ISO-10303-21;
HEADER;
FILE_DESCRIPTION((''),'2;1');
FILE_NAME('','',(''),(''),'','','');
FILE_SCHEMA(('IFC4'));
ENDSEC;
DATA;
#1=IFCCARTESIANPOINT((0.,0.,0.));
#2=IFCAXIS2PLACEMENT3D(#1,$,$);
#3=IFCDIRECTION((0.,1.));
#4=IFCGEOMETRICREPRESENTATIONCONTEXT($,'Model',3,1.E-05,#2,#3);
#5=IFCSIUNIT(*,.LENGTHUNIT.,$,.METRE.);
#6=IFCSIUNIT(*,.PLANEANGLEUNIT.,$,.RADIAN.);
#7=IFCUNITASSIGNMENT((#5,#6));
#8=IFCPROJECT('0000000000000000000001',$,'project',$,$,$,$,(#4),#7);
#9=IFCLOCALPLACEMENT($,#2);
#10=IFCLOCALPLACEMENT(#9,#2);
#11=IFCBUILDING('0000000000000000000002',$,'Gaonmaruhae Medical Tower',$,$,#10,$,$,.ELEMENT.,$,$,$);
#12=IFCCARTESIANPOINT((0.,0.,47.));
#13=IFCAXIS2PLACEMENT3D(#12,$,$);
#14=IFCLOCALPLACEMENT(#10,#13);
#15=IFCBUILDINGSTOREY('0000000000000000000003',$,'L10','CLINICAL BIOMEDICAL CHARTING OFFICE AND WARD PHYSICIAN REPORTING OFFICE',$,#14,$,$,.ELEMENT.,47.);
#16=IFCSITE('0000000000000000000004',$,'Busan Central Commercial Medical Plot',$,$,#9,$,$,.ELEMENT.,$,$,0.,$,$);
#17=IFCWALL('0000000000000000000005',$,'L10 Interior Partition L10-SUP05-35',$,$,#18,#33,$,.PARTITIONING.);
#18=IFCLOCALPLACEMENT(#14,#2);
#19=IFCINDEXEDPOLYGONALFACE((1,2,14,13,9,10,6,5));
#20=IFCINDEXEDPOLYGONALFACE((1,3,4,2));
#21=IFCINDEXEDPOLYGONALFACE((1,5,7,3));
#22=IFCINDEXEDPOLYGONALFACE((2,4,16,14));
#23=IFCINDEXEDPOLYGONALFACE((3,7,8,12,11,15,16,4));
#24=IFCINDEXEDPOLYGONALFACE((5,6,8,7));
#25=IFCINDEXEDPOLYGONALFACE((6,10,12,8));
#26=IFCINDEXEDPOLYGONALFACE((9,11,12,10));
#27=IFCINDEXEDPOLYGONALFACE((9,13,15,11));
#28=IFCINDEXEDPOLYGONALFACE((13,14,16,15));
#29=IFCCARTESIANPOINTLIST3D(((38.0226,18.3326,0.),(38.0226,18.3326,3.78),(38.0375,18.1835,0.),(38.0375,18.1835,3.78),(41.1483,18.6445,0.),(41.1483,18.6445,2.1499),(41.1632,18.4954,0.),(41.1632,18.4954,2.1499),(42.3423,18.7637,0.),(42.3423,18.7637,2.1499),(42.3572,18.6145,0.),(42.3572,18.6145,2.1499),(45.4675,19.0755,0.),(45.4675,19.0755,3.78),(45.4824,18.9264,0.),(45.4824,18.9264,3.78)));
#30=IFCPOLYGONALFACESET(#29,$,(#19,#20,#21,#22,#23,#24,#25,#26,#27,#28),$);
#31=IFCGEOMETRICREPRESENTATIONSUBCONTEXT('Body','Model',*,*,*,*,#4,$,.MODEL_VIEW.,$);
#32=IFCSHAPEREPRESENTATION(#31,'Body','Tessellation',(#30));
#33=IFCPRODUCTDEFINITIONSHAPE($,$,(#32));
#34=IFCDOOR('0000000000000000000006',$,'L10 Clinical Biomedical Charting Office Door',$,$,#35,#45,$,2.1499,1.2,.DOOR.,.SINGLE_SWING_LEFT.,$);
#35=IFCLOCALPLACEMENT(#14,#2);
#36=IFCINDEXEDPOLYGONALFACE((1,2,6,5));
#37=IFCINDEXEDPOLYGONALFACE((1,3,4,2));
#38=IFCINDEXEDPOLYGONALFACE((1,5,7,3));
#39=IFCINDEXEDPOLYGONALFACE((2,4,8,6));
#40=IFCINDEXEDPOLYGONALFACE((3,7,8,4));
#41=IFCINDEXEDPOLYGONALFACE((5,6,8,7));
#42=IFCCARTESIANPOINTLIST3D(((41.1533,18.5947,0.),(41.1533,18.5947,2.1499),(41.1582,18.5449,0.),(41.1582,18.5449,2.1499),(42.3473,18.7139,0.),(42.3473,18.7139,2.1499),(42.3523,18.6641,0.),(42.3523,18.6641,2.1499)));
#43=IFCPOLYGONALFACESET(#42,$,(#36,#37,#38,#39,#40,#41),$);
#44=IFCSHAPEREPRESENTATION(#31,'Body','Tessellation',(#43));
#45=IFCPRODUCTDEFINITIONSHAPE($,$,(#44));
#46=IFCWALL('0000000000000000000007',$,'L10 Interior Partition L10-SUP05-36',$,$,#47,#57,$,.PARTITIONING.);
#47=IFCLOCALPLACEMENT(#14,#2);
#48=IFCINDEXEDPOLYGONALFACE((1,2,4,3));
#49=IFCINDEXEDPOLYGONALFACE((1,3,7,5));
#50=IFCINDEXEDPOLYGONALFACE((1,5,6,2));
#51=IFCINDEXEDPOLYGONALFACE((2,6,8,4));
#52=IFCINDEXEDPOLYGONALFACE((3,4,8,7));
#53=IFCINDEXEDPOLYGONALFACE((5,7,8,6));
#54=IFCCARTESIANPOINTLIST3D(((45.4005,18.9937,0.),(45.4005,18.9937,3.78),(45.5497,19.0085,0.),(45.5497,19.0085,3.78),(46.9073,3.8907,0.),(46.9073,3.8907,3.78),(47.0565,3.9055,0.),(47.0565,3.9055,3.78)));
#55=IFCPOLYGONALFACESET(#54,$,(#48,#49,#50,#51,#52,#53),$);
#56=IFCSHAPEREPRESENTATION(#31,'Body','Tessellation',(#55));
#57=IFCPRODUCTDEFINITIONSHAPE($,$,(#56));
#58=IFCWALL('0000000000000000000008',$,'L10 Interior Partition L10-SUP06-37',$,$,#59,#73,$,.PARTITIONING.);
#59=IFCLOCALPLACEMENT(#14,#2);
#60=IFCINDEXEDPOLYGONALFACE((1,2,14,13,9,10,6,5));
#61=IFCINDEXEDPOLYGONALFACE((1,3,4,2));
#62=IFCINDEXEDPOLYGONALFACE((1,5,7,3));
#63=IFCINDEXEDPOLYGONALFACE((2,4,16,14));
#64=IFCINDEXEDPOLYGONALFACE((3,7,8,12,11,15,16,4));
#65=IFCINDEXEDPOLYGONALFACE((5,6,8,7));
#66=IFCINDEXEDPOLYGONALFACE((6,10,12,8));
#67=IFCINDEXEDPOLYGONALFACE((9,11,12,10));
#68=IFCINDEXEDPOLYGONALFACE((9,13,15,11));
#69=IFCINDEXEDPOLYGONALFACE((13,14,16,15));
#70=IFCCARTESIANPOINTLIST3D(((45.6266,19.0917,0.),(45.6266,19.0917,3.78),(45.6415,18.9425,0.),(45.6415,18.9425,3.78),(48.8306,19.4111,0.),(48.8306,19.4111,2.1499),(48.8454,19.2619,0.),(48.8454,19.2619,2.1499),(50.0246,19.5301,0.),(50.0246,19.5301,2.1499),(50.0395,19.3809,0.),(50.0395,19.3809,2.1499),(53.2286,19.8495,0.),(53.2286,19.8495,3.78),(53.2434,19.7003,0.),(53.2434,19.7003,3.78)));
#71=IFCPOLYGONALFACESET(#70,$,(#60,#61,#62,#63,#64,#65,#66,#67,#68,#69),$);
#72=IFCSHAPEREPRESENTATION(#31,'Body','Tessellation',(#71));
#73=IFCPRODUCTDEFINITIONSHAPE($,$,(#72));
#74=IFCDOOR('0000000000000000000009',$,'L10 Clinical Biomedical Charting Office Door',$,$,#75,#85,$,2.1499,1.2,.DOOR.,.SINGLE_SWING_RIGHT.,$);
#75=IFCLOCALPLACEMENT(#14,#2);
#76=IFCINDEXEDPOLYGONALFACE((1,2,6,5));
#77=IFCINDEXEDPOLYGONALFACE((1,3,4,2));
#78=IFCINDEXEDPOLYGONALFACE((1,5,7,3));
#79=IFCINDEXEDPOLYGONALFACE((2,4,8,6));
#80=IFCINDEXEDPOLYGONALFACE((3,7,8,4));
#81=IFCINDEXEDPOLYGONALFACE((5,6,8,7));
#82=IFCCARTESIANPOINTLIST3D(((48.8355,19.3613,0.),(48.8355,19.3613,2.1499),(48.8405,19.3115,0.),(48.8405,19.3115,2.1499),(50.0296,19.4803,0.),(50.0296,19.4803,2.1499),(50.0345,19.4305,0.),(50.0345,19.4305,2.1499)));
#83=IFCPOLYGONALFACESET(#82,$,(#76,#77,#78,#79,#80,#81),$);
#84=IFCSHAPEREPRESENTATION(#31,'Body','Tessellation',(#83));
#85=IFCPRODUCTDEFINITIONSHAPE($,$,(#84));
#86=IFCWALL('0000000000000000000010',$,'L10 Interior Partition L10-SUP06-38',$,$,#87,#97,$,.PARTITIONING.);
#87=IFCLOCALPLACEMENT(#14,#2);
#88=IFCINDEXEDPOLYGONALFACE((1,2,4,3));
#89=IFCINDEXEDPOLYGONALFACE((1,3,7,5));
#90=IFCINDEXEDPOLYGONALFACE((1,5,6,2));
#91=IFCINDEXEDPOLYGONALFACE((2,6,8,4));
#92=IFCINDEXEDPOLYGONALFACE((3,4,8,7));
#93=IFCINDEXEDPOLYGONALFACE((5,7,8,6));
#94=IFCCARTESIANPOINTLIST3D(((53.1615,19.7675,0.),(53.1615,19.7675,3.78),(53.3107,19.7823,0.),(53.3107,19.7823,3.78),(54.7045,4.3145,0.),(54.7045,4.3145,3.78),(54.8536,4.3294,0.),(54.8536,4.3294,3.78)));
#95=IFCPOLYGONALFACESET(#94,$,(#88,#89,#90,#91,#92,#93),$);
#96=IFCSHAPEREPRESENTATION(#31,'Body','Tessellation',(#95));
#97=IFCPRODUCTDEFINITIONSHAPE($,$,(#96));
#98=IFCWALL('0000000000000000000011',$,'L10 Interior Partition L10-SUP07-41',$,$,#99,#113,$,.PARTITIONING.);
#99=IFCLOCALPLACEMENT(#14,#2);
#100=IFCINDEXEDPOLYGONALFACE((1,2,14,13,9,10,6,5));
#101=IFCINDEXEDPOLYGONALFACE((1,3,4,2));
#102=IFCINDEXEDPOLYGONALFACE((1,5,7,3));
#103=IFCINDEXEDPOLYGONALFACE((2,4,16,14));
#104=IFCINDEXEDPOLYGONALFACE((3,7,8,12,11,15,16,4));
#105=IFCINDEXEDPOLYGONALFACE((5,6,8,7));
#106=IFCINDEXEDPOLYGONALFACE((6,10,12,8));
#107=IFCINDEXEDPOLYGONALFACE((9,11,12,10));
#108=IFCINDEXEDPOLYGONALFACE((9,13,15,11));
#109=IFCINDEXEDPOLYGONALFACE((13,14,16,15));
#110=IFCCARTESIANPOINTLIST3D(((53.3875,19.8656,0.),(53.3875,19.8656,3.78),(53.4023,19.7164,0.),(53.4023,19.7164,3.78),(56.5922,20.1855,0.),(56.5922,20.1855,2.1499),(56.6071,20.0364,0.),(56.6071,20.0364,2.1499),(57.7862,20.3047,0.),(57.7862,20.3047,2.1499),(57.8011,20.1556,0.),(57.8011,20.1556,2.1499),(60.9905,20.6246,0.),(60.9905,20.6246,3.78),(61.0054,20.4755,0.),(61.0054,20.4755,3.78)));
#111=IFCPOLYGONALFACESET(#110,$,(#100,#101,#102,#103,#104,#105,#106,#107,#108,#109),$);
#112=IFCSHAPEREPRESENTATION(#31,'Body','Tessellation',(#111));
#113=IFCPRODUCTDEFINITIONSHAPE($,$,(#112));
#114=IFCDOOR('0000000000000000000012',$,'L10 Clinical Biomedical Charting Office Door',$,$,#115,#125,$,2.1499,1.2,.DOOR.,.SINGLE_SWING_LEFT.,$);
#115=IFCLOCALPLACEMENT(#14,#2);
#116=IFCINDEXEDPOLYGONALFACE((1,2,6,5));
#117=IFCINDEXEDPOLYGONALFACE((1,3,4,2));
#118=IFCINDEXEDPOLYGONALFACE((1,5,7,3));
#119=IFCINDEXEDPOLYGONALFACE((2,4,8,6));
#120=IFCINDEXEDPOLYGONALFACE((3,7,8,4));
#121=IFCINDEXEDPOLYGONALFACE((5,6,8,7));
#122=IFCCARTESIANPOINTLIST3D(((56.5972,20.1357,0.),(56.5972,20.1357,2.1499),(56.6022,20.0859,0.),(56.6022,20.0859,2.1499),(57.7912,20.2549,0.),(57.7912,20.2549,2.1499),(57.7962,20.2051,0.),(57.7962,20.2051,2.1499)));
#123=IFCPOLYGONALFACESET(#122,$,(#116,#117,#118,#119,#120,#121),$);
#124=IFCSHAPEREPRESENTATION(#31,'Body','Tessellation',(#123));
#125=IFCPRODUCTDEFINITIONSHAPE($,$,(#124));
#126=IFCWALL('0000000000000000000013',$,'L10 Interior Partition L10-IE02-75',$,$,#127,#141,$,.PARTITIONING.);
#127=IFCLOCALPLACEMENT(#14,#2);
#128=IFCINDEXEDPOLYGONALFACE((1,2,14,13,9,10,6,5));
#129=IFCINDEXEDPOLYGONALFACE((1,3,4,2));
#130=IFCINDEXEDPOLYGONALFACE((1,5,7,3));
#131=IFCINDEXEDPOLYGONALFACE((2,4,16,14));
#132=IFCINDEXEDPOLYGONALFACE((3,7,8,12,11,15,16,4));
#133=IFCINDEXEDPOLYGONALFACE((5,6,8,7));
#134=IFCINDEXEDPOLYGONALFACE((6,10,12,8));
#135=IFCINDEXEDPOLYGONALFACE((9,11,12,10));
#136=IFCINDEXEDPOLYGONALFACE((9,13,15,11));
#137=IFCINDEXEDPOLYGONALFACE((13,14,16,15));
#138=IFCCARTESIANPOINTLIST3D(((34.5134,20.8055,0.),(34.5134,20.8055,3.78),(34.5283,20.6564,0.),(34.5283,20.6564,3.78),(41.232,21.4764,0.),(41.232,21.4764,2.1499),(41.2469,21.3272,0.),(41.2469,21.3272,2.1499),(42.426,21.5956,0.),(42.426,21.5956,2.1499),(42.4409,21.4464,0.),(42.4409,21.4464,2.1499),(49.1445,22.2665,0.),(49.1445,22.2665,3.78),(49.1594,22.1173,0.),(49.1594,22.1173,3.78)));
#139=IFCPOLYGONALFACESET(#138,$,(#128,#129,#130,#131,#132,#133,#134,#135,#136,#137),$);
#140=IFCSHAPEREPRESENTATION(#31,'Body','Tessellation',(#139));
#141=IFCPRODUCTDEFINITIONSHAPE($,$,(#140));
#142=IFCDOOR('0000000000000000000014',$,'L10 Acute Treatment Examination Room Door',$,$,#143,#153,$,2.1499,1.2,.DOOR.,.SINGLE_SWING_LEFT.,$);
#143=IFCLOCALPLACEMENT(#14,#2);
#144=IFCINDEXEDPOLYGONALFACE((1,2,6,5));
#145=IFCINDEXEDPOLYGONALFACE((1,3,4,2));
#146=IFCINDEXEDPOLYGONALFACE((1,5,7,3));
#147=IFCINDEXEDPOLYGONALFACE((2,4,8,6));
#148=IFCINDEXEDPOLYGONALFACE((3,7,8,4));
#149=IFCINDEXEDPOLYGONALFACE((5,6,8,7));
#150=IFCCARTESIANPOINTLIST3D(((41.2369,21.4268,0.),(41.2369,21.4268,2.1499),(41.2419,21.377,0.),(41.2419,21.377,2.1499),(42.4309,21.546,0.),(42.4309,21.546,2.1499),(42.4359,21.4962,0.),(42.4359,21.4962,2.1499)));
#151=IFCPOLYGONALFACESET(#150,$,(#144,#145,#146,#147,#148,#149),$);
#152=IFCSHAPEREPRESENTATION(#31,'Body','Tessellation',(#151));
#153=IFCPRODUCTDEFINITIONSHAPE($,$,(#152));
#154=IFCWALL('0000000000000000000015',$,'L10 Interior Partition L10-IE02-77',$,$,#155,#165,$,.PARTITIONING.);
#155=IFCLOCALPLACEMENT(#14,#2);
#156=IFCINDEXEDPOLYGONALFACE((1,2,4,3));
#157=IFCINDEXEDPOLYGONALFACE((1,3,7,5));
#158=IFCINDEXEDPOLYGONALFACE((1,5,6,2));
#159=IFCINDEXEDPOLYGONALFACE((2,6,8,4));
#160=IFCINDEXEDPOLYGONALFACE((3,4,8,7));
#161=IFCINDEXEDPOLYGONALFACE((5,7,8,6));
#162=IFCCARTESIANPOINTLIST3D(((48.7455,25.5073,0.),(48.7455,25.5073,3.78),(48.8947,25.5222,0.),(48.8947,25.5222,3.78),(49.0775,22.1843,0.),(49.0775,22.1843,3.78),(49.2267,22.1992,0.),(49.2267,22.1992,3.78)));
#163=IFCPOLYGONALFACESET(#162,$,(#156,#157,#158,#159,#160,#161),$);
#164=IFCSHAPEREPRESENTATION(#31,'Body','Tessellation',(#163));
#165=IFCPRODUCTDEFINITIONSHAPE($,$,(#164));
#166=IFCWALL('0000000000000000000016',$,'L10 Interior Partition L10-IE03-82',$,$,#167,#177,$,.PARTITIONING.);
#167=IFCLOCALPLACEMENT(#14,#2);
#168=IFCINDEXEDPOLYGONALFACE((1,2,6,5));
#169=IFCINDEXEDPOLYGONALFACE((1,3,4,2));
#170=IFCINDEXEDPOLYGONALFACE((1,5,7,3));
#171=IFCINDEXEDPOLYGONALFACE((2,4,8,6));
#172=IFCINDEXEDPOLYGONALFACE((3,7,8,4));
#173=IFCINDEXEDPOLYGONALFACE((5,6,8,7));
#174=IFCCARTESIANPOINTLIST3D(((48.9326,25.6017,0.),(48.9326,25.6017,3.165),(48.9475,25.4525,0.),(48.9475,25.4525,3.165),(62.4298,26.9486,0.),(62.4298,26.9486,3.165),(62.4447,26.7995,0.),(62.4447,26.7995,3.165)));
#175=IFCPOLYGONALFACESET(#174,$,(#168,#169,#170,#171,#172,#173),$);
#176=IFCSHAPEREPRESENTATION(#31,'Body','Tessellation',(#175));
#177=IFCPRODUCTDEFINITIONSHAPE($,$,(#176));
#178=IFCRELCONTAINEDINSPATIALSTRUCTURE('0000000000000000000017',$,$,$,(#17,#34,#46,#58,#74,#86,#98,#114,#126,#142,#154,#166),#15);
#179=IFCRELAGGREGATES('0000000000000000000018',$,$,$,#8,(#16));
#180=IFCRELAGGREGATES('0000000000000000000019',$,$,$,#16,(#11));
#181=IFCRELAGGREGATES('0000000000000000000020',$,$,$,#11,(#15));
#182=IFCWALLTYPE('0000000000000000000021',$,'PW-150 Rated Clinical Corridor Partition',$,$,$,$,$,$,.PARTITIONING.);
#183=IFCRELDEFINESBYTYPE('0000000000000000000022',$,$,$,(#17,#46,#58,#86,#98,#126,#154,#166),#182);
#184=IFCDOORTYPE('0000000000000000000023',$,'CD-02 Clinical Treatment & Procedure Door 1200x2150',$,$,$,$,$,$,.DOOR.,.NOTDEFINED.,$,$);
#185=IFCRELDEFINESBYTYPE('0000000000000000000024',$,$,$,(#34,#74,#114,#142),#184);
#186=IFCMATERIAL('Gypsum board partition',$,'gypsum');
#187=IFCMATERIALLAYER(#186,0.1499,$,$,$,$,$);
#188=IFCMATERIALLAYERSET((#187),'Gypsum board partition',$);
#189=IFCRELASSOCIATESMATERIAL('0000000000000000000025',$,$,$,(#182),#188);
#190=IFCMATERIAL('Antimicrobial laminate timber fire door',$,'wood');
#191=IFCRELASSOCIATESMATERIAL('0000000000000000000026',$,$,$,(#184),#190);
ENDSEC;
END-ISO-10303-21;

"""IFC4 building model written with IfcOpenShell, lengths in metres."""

from ifc_helpers import new_model, si_unit, direction, frame, frame_2d, origin, place, context, subcontext, project, spatial, rectangle, extrude, material, layer, layer_set, type_object, element, fill, save


model = new_model("IFC4")

# Units and contexts
model_context = context("Model", 3, precision=1e-05, world=origin(), true_north=direction((0.0, 1.0)))
body_context = subcontext(model_context, "Body", "Model", "MODEL_VIEW")
ifc_project = project(units=[si_unit("LENGTHUNIT", "METRE"), si_unit("PLANEANGLEUNIT", "RADIAN")], contexts=[model_context])

# Site, building, storey
site_placement = place(None, origin())
site = spatial("IfcSite", under=ifc_project, at=site_placement, Name="Busan Central Commercial Medical Plot", CompositionType="ELEMENT", RefElevation=0.0)
building_placement = place(site_placement, origin())
building = spatial("IfcBuilding", under=site, at=building_placement, Name="Gaonmaruhae Medical Tower", CompositionType="ELEMENT")
storey_placement = place(building_placement, frame((0.0, 0.0, 47.0)))
storey = spatial("IfcBuildingStorey", under=building, at=storey_placement, Name="L10", Description="CLINICAL BIOMEDICAL CHARTING OFFICE AND WARD PHYSICIAN REPORTING OFFICE", CompositionType="ELEMENT", Elevation=47.0)

# Wall, opening, door
ifc_material_1 = material(Name="Gypsum board partition", Category="gypsum")
ifc_layer_1 = layer(ifc_material_1, 0.1499)
ifc_layer_set_1 = layer_set([ifc_layer_1], Name="Gypsum board partition")
wall_type_1 = type_object("IfcWallType", Name="PW-150 Rated Clinical Corridor Partition", PredefinedType="PARTITIONING", material=ifc_layer_set_1)
wall_1_placement = place(storey_placement, frame((38.03, 18.2581, 0.0), z_axis=(0.0, 0.0, 1.0), x_axis=(0.995058, 0.099294, 0.0)))
wall_1 = element("IfcWall", 1, at=wall_1_placement, inside=storey, type_object=wall_type_1, Name="L10 Interior Partition L10-SUP05-35", PredefinedType="PARTITIONING", context=body_context, shape_type="SweptSolid", body=[
    extrude(rectangle(XDim=7.4819, YDim=0.1499, at=frame_2d((3.741, 0.0))), origin(), (0.0, 0.0, 1.0), 3.78),
])
opening_1_placement = place(wall_1_placement, frame((3.1411, 0.0, 0.0)))
opening_1 = element("IfcOpeningElement", 2, at=opening_1_placement, cuts=wall_1, PredefinedType="OPENING", context=body_context, shape_type="SweptSolid", body=[
    extrude(rectangle(XDim=1.2, YDim=2.1499, at=frame_2d((0.6001, 1.075))), frame((0.0, 0.085, 0.0), z_axis=(0.0, -1.0, 0.0), x_axis=(1.0, 0.0, 0.0)), (0.0, 0.0, 1.0), 0.1699),
])
ifc_material_2 = material(Name="Antimicrobial laminate timber fire door", Category="wood")
door_type_1 = type_object("IfcDoorType", Name="CD-02 Clinical Treatment & Procedure Door 1200x2150", OperationType="NOTDEFINED", PredefinedType="DOOR", material=ifc_material_2)
door_1_placement = place(opening_1_placement, origin())
door_1 = element("IfcDoor", 3, at=door_1_placement, inside=storey, type_object=door_type_1, Name="L10 Clinical Biomedical Charting Office Door", OperationType="SINGLE_SWING_LEFT", OverallHeight=2.1499, OverallWidth=1.2, PredefinedType="DOOR", context=body_context, shape_type="SweptSolid", body=[
    extrude(rectangle(XDim=1.2, YDim=2.1499, at=frame_2d((0.6001, 1.075))), frame((0.0, 0.0249, 0.0), z_axis=(0.0, -1.0, 0.0), x_axis=(1.0, 0.0, 0.0)), (0.0, 0.0, 1.0), 0.05),
])
fill(opening_1, door_1)

# Wall
wall_2_placement = place(storey_placement, frame((45.4751, 19.001, 0.0), z_axis=(0.0, 0.0, 1.0), x_axis=(0.099278, -0.99506, 0.0)))
element("IfcWall", 4, at=wall_2_placement, inside=storey, type_object=wall_type_1, Name="L10 Interior Partition L10-SUP05-36", PredefinedType="PARTITIONING", context=body_context, shape_type="SweptSolid", body=[
    extrude(rectangle(XDim=15.178, YDim=0.1499, at=frame_2d((7.5889, 0.0))), origin(), (0.0, 0.0, 1.0), 3.78),
])

# Wall, opening, door
wall_3_placement = place(storey_placement, frame((45.634, 19.0171, 0.0), z_axis=(0.0, 0.0, 1.0), x_axis=(0.995068, 0.099194, 0.0)))
wall_3 = element("IfcWall", 5, at=wall_3_placement, inside=storey, type_object=wall_type_1, Name="L10 Interior Partition L10-SUP06-37", PredefinedType="PARTITIONING", context=body_context, shape_type="SweptSolid", body=[
    extrude(rectangle(XDim=7.6396, YDim=0.1499, at=frame_2d((3.8198, 0.0))), origin(), (0.0, 0.0, 1.0), 3.78),
])
opening_2_placement = place(wall_3_placement, frame((3.2197, 0.0, 0.0)))
opening_2 = element("IfcOpeningElement", 6, at=opening_2_placement, cuts=wall_3, PredefinedType="OPENING", context=body_context, shape_type="SweptSolid", body=[
    extrude(rectangle(XDim=1.2, YDim=2.1499, at=frame_2d((0.6001, 1.075))), frame((0.0, 0.085, 0.0), z_axis=(0.0, -1.0, 0.0), x_axis=(1.0, 0.0, 0.0)), (0.0, 0.0, 1.0), 0.1699),
])
door_2_placement = place(opening_2_placement, origin())
door_2 = element("IfcDoor", 7, at=door_2_placement, inside=storey, type_object=door_type_1, Name="L10 Clinical Biomedical Charting Office Door", OperationType="SINGLE_SWING_RIGHT", OverallHeight=2.1499, OverallWidth=1.2, PredefinedType="DOOR", context=body_context, shape_type="SweptSolid", body=[
    extrude(rectangle(XDim=1.2, YDim=2.1499, at=frame_2d((0.6001, 1.075))), frame((0.0, 0.0249, 0.0), z_axis=(0.0, -1.0, 0.0), x_axis=(1.0, 0.0, 0.0)), (0.0, 0.0, 1.0), 0.05),
])
fill(opening_2, door_2)

# Wall
wall_4_placement = place(storey_placement, frame((53.2361, 19.7749, 0.0), z_axis=(0.0, 0.0, 1.0), x_axis=(0.099356, -0.995052, 0.0)))
element("IfcWall", 8, at=wall_4_placement, inside=storey, type_object=wall_type_1, Name="L10 Interior Partition L10-SUP06-38", PredefinedType="PARTITIONING", context=body_context, shape_type="SweptSolid", body=[
    extrude(rectangle(XDim=15.5298, YDim=0.1499, at=frame_2d((7.7649, 0.0))), origin(), (0.0, 0.0, 1.0), 3.78),
])

# Walls, openings, doors
wall_5_placement = place(storey_placement, frame((53.395, 19.791, 0.0), z_axis=(0.0, 0.0, 1.0), x_axis=(0.995054, 0.099339, 0.0)))
wall_5 = element("IfcWall", 9, at=wall_5_placement, inside=storey, type_object=wall_type_1, Name="L10 Interior Partition L10-SUP07-41", PredefinedType="PARTITIONING", context=body_context, shape_type="SweptSolid", body=[
    extrude(rectangle(XDim=7.6409, YDim=0.1499, at=frame_2d((3.8203, 0.0))), origin(), (0.0, 0.0, 1.0), 3.78),
])
opening_3_placement = place(wall_5_placement, frame((3.2205, 0.0, 0.0)))
opening_3 = element("IfcOpeningElement", 10, at=opening_3_placement, cuts=wall_5, PredefinedType="OPENING", context=body_context, shape_type="SweptSolid", body=[
    extrude(rectangle(XDim=1.2, YDim=2.1499, at=frame_2d((0.6001, 1.075))), frame((0.0, 0.085, 0.0), z_axis=(0.0, -1.0, 0.0), x_axis=(1.0, 0.0, 0.0)), (0.0, 0.0, 1.0), 0.1699),
])
door_3_placement = place(opening_3_placement, origin())
door_3 = element("IfcDoor", 11, at=door_3_placement, inside=storey, type_object=door_type_1, Name="L10 Clinical Biomedical Charting Office Door", OperationType="SINGLE_SWING_LEFT", OverallHeight=2.1499, OverallWidth=1.2, PredefinedType="DOOR", context=body_context, shape_type="SweptSolid", body=[
    extrude(rectangle(XDim=1.2, YDim=2.1499, at=frame_2d((0.6001, 1.075))), frame((0.0, 0.0249, 0.0), z_axis=(0.0, -1.0, 0.0), x_axis=(1.0, 0.0, 0.0)), (0.0, 0.0, 1.0), 0.05),
])
fill(opening_3, door_3)
wall_6_placement = place(storey_placement, frame((49.1521, 22.1919, 0.0), z_axis=(0.0, 0.0, 1.0), x_axis=(-0.995052, -0.099357, 0.0)))
wall_6 = element("IfcWall", 12, at=wall_6_placement, inside=storey, type_object=wall_type_1, Name="L10 Interior Partition L10-IE02-75", PredefinedType="PARTITIONING", context=body_context, shape_type="SweptSolid", body=[
    extrude(rectangle(XDim=14.7039, YDim=0.1499, at=frame_2d((7.3521, 0.0))), origin(), (0.0, 0.0, 1.0), 3.78),
])
opening_4_placement = place(wall_6_placement, frame((6.752, 0.0, 0.0)))
opening_4 = element("IfcOpeningElement", 13, at=opening_4_placement, cuts=wall_6, PredefinedType="OPENING", context=body_context, shape_type="SweptSolid", body=[
    extrude(rectangle(XDim=1.2, YDim=2.1499, at=frame_2d((0.6001, 1.075))), frame((0.0, 0.085, 0.0), z_axis=(0.0, -1.0, 0.0), x_axis=(1.0, 0.0, 0.0)), (0.0, 0.0, 1.0), 0.1699),
])
door_4_placement = place(opening_4_placement, origin())
door_4 = element("IfcDoor", 14, at=door_4_placement, inside=storey, type_object=door_type_1, Name="L10 Acute Treatment Examination Room Door", OperationType="SINGLE_SWING_LEFT", OverallHeight=2.1499, OverallWidth=1.2, PredefinedType="DOOR", context=body_context, shape_type="SweptSolid", body=[
    extrude(rectangle(XDim=1.2, YDim=2.1499, at=frame_2d((0.6001, 1.075))), frame((0.0, 0.0249, 0.0), z_axis=(0.0, -1.0, 0.0), x_axis=(1.0, 0.0, 0.0)), (0.0, 0.0, 1.0), 0.05),
])
fill(opening_4, door_4)

# Walls
wall_7_placement = place(storey_placement, frame((48.8201, 25.5149, 0.0), z_axis=(0.0, 0.0, 1.0), x_axis=(0.099424, -0.995045, 0.0)))
element("IfcWall", 15, at=wall_7_placement, inside=storey, type_object=wall_type_1, Name="L10 Interior Partition L10-IE02-77", PredefinedType="PARTITIONING", context=body_context, shape_type="SweptSolid", body=[
    extrude(rectangle(XDim=3.3396, YDim=0.1499, at=frame_2d((1.6699, 0.0))), origin(), (0.0, 0.0, 1.0), 3.78),
])
wall_8_placement = place(storey_placement, frame((48.9399, 25.5271, 0.0), z_axis=(0.0, 0.0, 1.0), x_axis=(0.995057, 0.099301, 0.0)))
element("IfcWall", 16, at=wall_8_placement, inside=storey, type_object=wall_type_1, Name="L10 Interior Partition L10-IE03-82", PredefinedType="PARTITIONING", context=body_context, shape_type="SweptSolid", body=[
    extrude(rectangle(XDim=13.5642, YDim=0.1499, at=frame_2d((6.7822, 0.0))), origin(), (0.0, 0.0, 1.0), 3.165),
])

save(model, "model.ifc")
